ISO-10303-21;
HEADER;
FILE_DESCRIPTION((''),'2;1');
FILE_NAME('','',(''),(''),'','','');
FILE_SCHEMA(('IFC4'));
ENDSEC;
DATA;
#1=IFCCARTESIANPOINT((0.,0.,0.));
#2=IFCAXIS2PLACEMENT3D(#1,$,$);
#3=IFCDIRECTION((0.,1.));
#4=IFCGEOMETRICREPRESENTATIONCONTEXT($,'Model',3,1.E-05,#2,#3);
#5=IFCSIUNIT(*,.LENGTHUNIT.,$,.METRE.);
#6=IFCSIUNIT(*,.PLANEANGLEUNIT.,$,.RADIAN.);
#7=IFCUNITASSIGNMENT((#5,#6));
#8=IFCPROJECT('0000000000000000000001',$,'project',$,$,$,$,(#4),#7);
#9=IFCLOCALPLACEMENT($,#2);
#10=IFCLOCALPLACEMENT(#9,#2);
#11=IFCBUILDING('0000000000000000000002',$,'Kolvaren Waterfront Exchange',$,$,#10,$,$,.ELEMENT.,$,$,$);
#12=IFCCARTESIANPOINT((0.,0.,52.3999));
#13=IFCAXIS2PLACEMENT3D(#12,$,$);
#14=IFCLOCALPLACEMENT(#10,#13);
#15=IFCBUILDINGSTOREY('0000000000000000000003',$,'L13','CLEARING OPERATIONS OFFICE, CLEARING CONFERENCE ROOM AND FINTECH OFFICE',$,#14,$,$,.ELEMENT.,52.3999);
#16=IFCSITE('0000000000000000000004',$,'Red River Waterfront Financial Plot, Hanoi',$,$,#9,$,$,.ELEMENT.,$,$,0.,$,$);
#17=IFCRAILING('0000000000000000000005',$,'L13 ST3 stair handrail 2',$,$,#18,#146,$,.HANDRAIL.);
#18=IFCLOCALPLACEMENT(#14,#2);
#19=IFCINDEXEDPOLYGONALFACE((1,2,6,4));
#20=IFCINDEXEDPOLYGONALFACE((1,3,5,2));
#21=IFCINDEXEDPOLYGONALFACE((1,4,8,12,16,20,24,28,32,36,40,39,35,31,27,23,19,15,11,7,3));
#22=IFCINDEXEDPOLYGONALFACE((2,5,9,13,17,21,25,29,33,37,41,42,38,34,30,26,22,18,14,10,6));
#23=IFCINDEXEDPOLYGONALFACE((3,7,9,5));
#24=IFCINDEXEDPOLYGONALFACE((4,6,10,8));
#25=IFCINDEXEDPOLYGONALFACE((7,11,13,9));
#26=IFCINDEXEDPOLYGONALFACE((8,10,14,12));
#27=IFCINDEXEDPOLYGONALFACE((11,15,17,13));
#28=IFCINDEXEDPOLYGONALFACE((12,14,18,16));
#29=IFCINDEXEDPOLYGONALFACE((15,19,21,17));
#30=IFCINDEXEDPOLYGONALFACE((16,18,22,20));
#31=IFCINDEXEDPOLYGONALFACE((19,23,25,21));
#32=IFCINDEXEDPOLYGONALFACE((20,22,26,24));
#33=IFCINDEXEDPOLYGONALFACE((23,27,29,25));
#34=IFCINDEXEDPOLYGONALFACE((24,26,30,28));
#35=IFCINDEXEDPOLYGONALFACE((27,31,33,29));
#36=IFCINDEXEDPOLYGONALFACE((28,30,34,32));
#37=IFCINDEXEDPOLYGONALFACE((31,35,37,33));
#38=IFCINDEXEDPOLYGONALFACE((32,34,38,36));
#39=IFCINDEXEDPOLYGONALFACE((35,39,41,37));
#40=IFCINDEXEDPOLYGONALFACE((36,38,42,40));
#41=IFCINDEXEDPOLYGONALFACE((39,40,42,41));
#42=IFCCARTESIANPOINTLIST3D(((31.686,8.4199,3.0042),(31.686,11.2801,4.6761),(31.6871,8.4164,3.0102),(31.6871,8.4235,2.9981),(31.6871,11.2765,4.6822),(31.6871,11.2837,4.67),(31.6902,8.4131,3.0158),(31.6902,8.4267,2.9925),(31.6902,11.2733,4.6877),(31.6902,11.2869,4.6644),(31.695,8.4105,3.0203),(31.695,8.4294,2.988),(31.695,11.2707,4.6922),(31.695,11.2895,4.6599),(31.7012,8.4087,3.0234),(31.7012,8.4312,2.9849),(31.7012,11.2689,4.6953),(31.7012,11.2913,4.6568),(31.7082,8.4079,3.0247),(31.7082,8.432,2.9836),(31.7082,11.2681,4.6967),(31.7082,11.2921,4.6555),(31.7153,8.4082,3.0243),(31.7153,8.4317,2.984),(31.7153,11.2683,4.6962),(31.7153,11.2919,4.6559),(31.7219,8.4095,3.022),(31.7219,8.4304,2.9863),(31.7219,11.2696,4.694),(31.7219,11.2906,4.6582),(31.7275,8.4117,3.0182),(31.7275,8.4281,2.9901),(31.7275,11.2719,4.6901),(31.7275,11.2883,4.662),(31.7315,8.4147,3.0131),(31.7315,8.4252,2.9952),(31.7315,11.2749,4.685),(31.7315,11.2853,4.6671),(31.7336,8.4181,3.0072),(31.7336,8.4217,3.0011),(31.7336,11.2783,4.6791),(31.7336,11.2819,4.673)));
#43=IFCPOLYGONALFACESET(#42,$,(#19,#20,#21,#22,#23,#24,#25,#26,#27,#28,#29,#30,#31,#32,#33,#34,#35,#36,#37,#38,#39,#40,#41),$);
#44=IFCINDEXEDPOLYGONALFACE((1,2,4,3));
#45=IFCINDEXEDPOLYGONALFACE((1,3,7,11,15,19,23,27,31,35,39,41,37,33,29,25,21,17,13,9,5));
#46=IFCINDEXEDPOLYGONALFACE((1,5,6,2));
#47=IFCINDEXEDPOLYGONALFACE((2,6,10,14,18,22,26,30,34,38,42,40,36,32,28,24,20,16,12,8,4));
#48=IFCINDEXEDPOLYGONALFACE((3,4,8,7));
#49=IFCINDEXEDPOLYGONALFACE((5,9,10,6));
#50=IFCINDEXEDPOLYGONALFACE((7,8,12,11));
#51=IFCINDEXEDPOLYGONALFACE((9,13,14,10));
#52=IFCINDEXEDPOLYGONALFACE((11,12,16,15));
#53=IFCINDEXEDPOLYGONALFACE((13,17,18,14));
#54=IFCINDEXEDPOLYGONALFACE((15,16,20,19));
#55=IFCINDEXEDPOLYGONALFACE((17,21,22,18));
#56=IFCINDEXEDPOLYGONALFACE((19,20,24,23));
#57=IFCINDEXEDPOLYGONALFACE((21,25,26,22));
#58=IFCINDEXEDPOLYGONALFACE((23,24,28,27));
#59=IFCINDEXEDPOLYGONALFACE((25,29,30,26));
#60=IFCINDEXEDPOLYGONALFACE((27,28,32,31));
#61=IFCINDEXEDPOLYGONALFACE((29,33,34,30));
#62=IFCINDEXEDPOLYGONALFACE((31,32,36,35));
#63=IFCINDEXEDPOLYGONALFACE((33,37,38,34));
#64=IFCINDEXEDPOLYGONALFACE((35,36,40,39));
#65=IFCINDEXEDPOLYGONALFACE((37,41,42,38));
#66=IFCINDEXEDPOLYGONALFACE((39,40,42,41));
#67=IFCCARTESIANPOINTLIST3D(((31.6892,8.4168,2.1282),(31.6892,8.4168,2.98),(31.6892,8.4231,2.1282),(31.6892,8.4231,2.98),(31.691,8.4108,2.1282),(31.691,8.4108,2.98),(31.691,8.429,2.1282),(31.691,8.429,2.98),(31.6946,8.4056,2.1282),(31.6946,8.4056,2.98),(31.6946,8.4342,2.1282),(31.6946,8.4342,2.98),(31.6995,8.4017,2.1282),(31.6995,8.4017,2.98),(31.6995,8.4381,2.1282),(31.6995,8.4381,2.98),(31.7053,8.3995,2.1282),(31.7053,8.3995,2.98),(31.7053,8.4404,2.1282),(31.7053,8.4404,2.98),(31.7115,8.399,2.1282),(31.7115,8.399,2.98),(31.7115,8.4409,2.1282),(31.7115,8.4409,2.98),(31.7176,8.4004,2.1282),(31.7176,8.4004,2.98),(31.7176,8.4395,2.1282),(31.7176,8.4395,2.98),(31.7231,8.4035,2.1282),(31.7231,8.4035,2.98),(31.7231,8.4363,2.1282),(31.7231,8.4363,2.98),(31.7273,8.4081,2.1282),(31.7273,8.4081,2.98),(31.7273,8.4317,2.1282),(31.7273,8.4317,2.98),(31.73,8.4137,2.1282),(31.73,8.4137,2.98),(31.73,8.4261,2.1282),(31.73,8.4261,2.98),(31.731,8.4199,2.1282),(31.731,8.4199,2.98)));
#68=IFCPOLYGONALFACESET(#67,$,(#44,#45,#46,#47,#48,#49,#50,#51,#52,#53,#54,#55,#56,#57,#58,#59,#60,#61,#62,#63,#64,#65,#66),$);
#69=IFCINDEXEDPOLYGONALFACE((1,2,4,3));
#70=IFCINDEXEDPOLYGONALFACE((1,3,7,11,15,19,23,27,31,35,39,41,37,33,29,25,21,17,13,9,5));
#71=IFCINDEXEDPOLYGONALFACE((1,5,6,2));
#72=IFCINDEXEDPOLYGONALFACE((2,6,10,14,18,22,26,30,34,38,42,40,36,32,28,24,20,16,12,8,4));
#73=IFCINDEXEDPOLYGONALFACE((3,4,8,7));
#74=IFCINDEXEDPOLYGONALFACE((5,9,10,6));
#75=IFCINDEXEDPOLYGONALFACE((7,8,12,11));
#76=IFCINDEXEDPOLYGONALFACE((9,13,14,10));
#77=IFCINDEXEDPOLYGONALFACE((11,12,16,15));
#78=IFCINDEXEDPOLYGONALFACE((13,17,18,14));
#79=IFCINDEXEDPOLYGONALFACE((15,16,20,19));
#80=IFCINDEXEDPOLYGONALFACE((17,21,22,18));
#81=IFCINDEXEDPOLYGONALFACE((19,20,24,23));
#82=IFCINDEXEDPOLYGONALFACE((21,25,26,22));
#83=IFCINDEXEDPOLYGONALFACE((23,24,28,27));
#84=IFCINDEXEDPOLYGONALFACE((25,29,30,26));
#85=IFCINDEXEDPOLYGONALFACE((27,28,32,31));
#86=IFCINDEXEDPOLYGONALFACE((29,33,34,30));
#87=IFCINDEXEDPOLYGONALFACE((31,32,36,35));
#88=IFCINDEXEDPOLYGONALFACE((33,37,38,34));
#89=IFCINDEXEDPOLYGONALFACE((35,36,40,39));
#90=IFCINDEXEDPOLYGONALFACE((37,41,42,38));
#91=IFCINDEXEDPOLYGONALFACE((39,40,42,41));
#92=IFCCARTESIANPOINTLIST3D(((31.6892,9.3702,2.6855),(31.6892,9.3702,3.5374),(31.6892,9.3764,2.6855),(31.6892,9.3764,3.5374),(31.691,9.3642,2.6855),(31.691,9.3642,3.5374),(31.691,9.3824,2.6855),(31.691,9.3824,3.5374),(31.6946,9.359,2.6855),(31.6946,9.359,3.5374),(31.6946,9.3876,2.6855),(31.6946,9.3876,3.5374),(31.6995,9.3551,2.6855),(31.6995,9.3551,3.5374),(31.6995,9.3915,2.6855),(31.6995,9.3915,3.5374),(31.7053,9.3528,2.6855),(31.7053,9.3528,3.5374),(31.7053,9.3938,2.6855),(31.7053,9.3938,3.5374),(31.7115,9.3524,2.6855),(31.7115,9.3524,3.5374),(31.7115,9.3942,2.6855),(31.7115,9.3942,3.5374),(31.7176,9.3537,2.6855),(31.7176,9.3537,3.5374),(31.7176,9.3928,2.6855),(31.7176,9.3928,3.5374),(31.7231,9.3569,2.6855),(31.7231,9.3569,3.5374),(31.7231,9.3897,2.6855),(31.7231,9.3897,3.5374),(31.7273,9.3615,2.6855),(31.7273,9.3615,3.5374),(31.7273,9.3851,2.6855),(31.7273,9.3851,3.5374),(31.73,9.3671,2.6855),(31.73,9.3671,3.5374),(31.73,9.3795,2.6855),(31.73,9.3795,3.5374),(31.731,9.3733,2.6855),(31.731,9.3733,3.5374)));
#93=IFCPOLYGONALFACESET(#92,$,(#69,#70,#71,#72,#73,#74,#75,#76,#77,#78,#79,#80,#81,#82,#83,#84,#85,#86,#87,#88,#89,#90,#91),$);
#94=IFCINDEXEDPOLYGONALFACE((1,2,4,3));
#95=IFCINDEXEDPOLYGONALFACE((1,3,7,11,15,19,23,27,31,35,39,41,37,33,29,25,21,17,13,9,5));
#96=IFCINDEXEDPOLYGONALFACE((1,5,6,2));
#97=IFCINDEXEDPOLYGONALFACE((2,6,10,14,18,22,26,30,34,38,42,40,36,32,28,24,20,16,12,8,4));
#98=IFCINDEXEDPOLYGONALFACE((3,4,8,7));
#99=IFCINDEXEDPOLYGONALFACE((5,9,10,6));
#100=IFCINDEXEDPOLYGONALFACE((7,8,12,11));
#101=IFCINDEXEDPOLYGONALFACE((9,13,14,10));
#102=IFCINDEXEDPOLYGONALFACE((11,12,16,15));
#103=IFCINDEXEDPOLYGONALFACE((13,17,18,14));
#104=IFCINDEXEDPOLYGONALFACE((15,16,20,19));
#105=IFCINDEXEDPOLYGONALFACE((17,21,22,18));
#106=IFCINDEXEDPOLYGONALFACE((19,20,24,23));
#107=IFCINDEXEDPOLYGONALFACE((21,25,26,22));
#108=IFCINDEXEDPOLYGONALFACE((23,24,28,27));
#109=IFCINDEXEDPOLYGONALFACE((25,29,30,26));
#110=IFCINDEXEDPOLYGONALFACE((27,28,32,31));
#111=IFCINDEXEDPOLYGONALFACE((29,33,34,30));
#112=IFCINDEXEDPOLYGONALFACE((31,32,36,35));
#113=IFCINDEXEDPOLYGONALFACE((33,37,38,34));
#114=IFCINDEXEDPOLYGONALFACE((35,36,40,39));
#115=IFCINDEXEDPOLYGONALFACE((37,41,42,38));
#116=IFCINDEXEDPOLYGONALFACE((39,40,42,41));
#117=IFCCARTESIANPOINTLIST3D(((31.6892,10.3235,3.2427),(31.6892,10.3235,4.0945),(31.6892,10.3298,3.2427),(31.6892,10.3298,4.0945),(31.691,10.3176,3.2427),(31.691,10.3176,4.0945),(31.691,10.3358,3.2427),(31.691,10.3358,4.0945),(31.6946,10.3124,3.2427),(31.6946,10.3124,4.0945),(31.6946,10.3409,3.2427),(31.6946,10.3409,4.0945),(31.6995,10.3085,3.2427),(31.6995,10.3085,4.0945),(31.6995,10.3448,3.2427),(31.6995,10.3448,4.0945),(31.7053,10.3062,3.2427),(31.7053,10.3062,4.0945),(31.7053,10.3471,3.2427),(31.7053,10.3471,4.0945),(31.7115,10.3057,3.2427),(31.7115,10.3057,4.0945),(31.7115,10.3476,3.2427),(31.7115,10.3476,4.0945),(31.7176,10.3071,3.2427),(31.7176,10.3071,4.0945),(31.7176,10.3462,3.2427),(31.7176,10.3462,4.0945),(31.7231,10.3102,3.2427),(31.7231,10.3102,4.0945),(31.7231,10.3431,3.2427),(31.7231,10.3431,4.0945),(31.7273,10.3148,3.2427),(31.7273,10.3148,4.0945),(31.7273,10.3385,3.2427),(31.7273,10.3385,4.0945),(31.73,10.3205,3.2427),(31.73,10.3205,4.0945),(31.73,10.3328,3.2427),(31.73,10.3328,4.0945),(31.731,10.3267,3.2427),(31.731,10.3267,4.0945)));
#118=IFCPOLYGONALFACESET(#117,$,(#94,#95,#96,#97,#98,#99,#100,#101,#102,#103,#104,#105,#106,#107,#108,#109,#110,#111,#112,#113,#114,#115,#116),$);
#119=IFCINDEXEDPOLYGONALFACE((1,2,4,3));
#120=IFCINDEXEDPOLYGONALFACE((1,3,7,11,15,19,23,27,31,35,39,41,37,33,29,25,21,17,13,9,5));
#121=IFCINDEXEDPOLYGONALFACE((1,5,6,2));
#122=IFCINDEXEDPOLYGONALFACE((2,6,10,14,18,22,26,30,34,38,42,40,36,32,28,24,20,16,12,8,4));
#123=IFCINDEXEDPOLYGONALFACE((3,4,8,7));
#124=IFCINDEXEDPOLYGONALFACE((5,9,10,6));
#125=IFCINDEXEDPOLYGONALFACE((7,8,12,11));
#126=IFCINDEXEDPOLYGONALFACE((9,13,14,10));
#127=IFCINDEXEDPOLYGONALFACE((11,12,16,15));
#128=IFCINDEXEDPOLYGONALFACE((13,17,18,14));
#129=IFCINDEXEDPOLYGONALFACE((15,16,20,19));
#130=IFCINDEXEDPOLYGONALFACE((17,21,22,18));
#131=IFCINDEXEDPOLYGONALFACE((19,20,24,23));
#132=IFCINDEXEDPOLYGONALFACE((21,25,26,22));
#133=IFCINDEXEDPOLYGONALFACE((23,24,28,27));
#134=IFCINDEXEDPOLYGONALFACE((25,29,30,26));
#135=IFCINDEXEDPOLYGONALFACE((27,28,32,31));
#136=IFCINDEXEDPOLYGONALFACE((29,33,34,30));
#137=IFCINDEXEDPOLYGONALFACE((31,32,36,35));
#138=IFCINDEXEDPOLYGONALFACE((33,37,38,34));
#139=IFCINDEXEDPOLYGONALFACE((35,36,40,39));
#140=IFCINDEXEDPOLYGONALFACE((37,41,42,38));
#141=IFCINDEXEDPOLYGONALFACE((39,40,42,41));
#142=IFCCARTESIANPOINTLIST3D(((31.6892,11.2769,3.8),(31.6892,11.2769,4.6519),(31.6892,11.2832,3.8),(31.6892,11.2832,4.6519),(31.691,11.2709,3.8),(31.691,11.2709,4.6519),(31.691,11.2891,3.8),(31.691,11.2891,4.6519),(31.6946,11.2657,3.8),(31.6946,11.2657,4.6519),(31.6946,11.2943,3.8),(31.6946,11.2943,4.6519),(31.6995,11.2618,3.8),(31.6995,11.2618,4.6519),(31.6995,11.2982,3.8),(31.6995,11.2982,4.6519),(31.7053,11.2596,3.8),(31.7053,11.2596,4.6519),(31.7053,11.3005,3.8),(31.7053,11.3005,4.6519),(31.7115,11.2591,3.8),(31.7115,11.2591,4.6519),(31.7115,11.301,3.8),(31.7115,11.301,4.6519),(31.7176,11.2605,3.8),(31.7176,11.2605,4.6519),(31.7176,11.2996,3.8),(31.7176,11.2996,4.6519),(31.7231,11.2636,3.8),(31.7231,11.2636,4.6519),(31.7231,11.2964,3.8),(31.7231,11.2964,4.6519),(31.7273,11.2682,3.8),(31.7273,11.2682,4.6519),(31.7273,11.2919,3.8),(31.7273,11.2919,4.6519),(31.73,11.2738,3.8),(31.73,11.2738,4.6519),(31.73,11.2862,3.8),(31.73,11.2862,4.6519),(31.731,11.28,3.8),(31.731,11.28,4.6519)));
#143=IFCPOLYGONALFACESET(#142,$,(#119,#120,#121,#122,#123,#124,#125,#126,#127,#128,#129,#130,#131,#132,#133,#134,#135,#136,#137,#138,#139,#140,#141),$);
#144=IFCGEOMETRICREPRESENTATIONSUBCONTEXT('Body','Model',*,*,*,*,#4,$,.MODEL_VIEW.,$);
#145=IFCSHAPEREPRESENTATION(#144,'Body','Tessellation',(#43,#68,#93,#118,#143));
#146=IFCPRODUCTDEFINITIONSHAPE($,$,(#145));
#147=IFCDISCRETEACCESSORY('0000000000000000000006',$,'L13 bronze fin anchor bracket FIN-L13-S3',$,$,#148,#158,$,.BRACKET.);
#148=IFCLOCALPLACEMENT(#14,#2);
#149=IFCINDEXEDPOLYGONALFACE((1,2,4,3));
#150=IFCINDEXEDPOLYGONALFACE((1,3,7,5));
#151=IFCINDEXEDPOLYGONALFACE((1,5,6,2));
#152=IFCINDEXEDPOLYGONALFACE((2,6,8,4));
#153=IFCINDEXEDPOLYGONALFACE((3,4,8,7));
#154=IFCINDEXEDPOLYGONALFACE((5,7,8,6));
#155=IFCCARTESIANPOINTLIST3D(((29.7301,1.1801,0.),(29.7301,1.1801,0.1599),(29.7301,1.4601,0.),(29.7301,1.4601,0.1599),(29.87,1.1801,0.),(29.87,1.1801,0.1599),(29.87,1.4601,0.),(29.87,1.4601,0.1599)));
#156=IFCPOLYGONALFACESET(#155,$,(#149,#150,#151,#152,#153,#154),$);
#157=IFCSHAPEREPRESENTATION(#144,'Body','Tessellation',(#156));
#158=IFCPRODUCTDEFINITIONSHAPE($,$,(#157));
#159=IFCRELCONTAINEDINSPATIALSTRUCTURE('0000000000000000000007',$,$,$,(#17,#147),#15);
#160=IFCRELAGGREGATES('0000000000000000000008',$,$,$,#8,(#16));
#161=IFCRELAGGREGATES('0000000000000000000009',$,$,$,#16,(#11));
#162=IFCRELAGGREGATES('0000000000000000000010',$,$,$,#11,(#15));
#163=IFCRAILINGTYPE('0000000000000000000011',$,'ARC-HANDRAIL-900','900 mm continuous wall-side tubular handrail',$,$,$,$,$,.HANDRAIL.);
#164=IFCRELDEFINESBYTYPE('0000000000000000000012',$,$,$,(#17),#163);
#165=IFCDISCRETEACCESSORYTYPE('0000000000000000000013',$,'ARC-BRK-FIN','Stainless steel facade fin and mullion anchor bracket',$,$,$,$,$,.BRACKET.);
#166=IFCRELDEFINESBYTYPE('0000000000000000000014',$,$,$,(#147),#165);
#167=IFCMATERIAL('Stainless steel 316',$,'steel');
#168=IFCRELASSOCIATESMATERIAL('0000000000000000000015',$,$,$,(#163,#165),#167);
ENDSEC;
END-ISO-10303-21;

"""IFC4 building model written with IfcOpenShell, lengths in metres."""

from ifc_helpers import new_model, si_unit, direction, frame, origin, origin_with_axes, origin_2d, place, context, subcontext, project, spatial, rectangle, circle, extrude, source, transform, mapped, material, type_object, element, save


model = new_model("IFC4")

# Units and contexts
model_context = context("Model", 3, precision=1e-05, world=origin(), true_north=direction((0.0, 1.0)))
body_context = subcontext(model_context, "Body", "Model", "MODEL_VIEW")
ifc_project = project(units=[si_unit("LENGTHUNIT", "METRE"), si_unit("PLANEANGLEUNIT", "RADIAN")], contexts=[model_context])

# Site, building, storey
site_placement = place(None, origin())
site = spatial("IfcSite", under=ifc_project, at=site_placement, Name="Red River Waterfront Financial Plot, Hanoi", CompositionType="ELEMENT", RefElevation=0.0)
building_placement = place(site_placement, origin())
building = spatial("IfcBuilding", under=site, at=building_placement, Name="Kolvaren Waterfront Exchange", CompositionType="ELEMENT")
storey_placement = place(building_placement, frame((0.0, 0.0, 52.3999)))
storey = spatial("IfcBuildingStorey", under=building, at=storey_placement, Name="L13", Description="CLEARING OPERATIONS OFFICE, CLEARING CONFERENCE ROOM AND FINTECH OFFICE", CompositionType="ELEMENT", Elevation=52.3999)

# Railing
ifc_material_1 = material(Name="Stainless steel 316", Category="steel")
railing_type_1 = type_object("IfcRailingType", Name="ARC-HANDRAIL-900", Description="900 mm continuous wall-side tubular handrail", PredefinedType="HANDRAIL", material=ifc_material_1)
railing_1_placement = place(storey_placement, frame((31.71, 8.4199, 2.1282)))
element("IfcRailing", 1, at=railing_1_placement, inside=storey, type_object=railing_type_1, Name="L13 ST3 stair handrail 2", PredefinedType="HANDRAIL", context=body_context, shape_type="SweptSolid", body=[
    extrude(circle(Radius=0.0239, at=origin_2d()), frame((0.0, 0.0, 0.876), z_axis=(0.0, 0.863321, 0.504654), x_axis=(-1.0, 0.0, 0.0)), (0.0, 0.0, 1.0), 3.313),
    extrude(circle(Radius=0.021, at=origin_2d()), origin(), (0.0, 0.0, 1.0), 0.8518),
    extrude(circle(Radius=0.021, at=origin_2d()), frame((0.0, 0.9534, 0.5574)), (0.0, 0.0, 1.0), 0.8518),
    extrude(circle(Radius=0.021, at=origin_2d()), frame((0.0, 1.9067, 1.1145)), (0.0, 0.0, 1.0), 0.8518),
    extrude(circle(Radius=0.021, at=origin_2d()), frame((0.0, 2.8601, 1.6719)), (0.0, 0.0, 1.0), 0.8518),
])

# Discrete accessory
discrete_accessory_type = type_object("IfcDiscreteAccessoryType", Name="ARC-BRK-FIN", Description="Stainless steel facade fin and mullion anchor bracket", PredefinedType="BRACKET", material=ifc_material_1)
shared_shape_1 = source(origin_with_axes(), body_context, "Body", "SweptSolid", [
    extrude(rectangle(XDim=0.28, YDim=0.1399, at=origin_2d()), origin(), (0.0, 0.0, 1.0), 0.1599),
])
discrete_accessory_placement = place(storey_placement, frame((29.8, 1.3201, 0.0), z_axis=(0.0, 0.0, 1.0), x_axis=(0.0, -1.0, 0.0)))
element("IfcDiscreteAccessory", 2, at=discrete_accessory_placement, inside=storey, type_object=discrete_accessory_type, Name="L13 bronze fin anchor bracket FIN-L13-S3", PredefinedType="BRACKET", context=body_context, shape_type="MappedRepresentation", body=[
    mapped(shared_shape_1, transform((0.0, 0.0, 0.0), x_axis=(1.0, 0.0, 0.0), y_axis=(0.0, 1.0, 0.0), z_axis=(0.0, 0.0, 1.0), scale=1.0)),
])

save(model, "model.ifc")
